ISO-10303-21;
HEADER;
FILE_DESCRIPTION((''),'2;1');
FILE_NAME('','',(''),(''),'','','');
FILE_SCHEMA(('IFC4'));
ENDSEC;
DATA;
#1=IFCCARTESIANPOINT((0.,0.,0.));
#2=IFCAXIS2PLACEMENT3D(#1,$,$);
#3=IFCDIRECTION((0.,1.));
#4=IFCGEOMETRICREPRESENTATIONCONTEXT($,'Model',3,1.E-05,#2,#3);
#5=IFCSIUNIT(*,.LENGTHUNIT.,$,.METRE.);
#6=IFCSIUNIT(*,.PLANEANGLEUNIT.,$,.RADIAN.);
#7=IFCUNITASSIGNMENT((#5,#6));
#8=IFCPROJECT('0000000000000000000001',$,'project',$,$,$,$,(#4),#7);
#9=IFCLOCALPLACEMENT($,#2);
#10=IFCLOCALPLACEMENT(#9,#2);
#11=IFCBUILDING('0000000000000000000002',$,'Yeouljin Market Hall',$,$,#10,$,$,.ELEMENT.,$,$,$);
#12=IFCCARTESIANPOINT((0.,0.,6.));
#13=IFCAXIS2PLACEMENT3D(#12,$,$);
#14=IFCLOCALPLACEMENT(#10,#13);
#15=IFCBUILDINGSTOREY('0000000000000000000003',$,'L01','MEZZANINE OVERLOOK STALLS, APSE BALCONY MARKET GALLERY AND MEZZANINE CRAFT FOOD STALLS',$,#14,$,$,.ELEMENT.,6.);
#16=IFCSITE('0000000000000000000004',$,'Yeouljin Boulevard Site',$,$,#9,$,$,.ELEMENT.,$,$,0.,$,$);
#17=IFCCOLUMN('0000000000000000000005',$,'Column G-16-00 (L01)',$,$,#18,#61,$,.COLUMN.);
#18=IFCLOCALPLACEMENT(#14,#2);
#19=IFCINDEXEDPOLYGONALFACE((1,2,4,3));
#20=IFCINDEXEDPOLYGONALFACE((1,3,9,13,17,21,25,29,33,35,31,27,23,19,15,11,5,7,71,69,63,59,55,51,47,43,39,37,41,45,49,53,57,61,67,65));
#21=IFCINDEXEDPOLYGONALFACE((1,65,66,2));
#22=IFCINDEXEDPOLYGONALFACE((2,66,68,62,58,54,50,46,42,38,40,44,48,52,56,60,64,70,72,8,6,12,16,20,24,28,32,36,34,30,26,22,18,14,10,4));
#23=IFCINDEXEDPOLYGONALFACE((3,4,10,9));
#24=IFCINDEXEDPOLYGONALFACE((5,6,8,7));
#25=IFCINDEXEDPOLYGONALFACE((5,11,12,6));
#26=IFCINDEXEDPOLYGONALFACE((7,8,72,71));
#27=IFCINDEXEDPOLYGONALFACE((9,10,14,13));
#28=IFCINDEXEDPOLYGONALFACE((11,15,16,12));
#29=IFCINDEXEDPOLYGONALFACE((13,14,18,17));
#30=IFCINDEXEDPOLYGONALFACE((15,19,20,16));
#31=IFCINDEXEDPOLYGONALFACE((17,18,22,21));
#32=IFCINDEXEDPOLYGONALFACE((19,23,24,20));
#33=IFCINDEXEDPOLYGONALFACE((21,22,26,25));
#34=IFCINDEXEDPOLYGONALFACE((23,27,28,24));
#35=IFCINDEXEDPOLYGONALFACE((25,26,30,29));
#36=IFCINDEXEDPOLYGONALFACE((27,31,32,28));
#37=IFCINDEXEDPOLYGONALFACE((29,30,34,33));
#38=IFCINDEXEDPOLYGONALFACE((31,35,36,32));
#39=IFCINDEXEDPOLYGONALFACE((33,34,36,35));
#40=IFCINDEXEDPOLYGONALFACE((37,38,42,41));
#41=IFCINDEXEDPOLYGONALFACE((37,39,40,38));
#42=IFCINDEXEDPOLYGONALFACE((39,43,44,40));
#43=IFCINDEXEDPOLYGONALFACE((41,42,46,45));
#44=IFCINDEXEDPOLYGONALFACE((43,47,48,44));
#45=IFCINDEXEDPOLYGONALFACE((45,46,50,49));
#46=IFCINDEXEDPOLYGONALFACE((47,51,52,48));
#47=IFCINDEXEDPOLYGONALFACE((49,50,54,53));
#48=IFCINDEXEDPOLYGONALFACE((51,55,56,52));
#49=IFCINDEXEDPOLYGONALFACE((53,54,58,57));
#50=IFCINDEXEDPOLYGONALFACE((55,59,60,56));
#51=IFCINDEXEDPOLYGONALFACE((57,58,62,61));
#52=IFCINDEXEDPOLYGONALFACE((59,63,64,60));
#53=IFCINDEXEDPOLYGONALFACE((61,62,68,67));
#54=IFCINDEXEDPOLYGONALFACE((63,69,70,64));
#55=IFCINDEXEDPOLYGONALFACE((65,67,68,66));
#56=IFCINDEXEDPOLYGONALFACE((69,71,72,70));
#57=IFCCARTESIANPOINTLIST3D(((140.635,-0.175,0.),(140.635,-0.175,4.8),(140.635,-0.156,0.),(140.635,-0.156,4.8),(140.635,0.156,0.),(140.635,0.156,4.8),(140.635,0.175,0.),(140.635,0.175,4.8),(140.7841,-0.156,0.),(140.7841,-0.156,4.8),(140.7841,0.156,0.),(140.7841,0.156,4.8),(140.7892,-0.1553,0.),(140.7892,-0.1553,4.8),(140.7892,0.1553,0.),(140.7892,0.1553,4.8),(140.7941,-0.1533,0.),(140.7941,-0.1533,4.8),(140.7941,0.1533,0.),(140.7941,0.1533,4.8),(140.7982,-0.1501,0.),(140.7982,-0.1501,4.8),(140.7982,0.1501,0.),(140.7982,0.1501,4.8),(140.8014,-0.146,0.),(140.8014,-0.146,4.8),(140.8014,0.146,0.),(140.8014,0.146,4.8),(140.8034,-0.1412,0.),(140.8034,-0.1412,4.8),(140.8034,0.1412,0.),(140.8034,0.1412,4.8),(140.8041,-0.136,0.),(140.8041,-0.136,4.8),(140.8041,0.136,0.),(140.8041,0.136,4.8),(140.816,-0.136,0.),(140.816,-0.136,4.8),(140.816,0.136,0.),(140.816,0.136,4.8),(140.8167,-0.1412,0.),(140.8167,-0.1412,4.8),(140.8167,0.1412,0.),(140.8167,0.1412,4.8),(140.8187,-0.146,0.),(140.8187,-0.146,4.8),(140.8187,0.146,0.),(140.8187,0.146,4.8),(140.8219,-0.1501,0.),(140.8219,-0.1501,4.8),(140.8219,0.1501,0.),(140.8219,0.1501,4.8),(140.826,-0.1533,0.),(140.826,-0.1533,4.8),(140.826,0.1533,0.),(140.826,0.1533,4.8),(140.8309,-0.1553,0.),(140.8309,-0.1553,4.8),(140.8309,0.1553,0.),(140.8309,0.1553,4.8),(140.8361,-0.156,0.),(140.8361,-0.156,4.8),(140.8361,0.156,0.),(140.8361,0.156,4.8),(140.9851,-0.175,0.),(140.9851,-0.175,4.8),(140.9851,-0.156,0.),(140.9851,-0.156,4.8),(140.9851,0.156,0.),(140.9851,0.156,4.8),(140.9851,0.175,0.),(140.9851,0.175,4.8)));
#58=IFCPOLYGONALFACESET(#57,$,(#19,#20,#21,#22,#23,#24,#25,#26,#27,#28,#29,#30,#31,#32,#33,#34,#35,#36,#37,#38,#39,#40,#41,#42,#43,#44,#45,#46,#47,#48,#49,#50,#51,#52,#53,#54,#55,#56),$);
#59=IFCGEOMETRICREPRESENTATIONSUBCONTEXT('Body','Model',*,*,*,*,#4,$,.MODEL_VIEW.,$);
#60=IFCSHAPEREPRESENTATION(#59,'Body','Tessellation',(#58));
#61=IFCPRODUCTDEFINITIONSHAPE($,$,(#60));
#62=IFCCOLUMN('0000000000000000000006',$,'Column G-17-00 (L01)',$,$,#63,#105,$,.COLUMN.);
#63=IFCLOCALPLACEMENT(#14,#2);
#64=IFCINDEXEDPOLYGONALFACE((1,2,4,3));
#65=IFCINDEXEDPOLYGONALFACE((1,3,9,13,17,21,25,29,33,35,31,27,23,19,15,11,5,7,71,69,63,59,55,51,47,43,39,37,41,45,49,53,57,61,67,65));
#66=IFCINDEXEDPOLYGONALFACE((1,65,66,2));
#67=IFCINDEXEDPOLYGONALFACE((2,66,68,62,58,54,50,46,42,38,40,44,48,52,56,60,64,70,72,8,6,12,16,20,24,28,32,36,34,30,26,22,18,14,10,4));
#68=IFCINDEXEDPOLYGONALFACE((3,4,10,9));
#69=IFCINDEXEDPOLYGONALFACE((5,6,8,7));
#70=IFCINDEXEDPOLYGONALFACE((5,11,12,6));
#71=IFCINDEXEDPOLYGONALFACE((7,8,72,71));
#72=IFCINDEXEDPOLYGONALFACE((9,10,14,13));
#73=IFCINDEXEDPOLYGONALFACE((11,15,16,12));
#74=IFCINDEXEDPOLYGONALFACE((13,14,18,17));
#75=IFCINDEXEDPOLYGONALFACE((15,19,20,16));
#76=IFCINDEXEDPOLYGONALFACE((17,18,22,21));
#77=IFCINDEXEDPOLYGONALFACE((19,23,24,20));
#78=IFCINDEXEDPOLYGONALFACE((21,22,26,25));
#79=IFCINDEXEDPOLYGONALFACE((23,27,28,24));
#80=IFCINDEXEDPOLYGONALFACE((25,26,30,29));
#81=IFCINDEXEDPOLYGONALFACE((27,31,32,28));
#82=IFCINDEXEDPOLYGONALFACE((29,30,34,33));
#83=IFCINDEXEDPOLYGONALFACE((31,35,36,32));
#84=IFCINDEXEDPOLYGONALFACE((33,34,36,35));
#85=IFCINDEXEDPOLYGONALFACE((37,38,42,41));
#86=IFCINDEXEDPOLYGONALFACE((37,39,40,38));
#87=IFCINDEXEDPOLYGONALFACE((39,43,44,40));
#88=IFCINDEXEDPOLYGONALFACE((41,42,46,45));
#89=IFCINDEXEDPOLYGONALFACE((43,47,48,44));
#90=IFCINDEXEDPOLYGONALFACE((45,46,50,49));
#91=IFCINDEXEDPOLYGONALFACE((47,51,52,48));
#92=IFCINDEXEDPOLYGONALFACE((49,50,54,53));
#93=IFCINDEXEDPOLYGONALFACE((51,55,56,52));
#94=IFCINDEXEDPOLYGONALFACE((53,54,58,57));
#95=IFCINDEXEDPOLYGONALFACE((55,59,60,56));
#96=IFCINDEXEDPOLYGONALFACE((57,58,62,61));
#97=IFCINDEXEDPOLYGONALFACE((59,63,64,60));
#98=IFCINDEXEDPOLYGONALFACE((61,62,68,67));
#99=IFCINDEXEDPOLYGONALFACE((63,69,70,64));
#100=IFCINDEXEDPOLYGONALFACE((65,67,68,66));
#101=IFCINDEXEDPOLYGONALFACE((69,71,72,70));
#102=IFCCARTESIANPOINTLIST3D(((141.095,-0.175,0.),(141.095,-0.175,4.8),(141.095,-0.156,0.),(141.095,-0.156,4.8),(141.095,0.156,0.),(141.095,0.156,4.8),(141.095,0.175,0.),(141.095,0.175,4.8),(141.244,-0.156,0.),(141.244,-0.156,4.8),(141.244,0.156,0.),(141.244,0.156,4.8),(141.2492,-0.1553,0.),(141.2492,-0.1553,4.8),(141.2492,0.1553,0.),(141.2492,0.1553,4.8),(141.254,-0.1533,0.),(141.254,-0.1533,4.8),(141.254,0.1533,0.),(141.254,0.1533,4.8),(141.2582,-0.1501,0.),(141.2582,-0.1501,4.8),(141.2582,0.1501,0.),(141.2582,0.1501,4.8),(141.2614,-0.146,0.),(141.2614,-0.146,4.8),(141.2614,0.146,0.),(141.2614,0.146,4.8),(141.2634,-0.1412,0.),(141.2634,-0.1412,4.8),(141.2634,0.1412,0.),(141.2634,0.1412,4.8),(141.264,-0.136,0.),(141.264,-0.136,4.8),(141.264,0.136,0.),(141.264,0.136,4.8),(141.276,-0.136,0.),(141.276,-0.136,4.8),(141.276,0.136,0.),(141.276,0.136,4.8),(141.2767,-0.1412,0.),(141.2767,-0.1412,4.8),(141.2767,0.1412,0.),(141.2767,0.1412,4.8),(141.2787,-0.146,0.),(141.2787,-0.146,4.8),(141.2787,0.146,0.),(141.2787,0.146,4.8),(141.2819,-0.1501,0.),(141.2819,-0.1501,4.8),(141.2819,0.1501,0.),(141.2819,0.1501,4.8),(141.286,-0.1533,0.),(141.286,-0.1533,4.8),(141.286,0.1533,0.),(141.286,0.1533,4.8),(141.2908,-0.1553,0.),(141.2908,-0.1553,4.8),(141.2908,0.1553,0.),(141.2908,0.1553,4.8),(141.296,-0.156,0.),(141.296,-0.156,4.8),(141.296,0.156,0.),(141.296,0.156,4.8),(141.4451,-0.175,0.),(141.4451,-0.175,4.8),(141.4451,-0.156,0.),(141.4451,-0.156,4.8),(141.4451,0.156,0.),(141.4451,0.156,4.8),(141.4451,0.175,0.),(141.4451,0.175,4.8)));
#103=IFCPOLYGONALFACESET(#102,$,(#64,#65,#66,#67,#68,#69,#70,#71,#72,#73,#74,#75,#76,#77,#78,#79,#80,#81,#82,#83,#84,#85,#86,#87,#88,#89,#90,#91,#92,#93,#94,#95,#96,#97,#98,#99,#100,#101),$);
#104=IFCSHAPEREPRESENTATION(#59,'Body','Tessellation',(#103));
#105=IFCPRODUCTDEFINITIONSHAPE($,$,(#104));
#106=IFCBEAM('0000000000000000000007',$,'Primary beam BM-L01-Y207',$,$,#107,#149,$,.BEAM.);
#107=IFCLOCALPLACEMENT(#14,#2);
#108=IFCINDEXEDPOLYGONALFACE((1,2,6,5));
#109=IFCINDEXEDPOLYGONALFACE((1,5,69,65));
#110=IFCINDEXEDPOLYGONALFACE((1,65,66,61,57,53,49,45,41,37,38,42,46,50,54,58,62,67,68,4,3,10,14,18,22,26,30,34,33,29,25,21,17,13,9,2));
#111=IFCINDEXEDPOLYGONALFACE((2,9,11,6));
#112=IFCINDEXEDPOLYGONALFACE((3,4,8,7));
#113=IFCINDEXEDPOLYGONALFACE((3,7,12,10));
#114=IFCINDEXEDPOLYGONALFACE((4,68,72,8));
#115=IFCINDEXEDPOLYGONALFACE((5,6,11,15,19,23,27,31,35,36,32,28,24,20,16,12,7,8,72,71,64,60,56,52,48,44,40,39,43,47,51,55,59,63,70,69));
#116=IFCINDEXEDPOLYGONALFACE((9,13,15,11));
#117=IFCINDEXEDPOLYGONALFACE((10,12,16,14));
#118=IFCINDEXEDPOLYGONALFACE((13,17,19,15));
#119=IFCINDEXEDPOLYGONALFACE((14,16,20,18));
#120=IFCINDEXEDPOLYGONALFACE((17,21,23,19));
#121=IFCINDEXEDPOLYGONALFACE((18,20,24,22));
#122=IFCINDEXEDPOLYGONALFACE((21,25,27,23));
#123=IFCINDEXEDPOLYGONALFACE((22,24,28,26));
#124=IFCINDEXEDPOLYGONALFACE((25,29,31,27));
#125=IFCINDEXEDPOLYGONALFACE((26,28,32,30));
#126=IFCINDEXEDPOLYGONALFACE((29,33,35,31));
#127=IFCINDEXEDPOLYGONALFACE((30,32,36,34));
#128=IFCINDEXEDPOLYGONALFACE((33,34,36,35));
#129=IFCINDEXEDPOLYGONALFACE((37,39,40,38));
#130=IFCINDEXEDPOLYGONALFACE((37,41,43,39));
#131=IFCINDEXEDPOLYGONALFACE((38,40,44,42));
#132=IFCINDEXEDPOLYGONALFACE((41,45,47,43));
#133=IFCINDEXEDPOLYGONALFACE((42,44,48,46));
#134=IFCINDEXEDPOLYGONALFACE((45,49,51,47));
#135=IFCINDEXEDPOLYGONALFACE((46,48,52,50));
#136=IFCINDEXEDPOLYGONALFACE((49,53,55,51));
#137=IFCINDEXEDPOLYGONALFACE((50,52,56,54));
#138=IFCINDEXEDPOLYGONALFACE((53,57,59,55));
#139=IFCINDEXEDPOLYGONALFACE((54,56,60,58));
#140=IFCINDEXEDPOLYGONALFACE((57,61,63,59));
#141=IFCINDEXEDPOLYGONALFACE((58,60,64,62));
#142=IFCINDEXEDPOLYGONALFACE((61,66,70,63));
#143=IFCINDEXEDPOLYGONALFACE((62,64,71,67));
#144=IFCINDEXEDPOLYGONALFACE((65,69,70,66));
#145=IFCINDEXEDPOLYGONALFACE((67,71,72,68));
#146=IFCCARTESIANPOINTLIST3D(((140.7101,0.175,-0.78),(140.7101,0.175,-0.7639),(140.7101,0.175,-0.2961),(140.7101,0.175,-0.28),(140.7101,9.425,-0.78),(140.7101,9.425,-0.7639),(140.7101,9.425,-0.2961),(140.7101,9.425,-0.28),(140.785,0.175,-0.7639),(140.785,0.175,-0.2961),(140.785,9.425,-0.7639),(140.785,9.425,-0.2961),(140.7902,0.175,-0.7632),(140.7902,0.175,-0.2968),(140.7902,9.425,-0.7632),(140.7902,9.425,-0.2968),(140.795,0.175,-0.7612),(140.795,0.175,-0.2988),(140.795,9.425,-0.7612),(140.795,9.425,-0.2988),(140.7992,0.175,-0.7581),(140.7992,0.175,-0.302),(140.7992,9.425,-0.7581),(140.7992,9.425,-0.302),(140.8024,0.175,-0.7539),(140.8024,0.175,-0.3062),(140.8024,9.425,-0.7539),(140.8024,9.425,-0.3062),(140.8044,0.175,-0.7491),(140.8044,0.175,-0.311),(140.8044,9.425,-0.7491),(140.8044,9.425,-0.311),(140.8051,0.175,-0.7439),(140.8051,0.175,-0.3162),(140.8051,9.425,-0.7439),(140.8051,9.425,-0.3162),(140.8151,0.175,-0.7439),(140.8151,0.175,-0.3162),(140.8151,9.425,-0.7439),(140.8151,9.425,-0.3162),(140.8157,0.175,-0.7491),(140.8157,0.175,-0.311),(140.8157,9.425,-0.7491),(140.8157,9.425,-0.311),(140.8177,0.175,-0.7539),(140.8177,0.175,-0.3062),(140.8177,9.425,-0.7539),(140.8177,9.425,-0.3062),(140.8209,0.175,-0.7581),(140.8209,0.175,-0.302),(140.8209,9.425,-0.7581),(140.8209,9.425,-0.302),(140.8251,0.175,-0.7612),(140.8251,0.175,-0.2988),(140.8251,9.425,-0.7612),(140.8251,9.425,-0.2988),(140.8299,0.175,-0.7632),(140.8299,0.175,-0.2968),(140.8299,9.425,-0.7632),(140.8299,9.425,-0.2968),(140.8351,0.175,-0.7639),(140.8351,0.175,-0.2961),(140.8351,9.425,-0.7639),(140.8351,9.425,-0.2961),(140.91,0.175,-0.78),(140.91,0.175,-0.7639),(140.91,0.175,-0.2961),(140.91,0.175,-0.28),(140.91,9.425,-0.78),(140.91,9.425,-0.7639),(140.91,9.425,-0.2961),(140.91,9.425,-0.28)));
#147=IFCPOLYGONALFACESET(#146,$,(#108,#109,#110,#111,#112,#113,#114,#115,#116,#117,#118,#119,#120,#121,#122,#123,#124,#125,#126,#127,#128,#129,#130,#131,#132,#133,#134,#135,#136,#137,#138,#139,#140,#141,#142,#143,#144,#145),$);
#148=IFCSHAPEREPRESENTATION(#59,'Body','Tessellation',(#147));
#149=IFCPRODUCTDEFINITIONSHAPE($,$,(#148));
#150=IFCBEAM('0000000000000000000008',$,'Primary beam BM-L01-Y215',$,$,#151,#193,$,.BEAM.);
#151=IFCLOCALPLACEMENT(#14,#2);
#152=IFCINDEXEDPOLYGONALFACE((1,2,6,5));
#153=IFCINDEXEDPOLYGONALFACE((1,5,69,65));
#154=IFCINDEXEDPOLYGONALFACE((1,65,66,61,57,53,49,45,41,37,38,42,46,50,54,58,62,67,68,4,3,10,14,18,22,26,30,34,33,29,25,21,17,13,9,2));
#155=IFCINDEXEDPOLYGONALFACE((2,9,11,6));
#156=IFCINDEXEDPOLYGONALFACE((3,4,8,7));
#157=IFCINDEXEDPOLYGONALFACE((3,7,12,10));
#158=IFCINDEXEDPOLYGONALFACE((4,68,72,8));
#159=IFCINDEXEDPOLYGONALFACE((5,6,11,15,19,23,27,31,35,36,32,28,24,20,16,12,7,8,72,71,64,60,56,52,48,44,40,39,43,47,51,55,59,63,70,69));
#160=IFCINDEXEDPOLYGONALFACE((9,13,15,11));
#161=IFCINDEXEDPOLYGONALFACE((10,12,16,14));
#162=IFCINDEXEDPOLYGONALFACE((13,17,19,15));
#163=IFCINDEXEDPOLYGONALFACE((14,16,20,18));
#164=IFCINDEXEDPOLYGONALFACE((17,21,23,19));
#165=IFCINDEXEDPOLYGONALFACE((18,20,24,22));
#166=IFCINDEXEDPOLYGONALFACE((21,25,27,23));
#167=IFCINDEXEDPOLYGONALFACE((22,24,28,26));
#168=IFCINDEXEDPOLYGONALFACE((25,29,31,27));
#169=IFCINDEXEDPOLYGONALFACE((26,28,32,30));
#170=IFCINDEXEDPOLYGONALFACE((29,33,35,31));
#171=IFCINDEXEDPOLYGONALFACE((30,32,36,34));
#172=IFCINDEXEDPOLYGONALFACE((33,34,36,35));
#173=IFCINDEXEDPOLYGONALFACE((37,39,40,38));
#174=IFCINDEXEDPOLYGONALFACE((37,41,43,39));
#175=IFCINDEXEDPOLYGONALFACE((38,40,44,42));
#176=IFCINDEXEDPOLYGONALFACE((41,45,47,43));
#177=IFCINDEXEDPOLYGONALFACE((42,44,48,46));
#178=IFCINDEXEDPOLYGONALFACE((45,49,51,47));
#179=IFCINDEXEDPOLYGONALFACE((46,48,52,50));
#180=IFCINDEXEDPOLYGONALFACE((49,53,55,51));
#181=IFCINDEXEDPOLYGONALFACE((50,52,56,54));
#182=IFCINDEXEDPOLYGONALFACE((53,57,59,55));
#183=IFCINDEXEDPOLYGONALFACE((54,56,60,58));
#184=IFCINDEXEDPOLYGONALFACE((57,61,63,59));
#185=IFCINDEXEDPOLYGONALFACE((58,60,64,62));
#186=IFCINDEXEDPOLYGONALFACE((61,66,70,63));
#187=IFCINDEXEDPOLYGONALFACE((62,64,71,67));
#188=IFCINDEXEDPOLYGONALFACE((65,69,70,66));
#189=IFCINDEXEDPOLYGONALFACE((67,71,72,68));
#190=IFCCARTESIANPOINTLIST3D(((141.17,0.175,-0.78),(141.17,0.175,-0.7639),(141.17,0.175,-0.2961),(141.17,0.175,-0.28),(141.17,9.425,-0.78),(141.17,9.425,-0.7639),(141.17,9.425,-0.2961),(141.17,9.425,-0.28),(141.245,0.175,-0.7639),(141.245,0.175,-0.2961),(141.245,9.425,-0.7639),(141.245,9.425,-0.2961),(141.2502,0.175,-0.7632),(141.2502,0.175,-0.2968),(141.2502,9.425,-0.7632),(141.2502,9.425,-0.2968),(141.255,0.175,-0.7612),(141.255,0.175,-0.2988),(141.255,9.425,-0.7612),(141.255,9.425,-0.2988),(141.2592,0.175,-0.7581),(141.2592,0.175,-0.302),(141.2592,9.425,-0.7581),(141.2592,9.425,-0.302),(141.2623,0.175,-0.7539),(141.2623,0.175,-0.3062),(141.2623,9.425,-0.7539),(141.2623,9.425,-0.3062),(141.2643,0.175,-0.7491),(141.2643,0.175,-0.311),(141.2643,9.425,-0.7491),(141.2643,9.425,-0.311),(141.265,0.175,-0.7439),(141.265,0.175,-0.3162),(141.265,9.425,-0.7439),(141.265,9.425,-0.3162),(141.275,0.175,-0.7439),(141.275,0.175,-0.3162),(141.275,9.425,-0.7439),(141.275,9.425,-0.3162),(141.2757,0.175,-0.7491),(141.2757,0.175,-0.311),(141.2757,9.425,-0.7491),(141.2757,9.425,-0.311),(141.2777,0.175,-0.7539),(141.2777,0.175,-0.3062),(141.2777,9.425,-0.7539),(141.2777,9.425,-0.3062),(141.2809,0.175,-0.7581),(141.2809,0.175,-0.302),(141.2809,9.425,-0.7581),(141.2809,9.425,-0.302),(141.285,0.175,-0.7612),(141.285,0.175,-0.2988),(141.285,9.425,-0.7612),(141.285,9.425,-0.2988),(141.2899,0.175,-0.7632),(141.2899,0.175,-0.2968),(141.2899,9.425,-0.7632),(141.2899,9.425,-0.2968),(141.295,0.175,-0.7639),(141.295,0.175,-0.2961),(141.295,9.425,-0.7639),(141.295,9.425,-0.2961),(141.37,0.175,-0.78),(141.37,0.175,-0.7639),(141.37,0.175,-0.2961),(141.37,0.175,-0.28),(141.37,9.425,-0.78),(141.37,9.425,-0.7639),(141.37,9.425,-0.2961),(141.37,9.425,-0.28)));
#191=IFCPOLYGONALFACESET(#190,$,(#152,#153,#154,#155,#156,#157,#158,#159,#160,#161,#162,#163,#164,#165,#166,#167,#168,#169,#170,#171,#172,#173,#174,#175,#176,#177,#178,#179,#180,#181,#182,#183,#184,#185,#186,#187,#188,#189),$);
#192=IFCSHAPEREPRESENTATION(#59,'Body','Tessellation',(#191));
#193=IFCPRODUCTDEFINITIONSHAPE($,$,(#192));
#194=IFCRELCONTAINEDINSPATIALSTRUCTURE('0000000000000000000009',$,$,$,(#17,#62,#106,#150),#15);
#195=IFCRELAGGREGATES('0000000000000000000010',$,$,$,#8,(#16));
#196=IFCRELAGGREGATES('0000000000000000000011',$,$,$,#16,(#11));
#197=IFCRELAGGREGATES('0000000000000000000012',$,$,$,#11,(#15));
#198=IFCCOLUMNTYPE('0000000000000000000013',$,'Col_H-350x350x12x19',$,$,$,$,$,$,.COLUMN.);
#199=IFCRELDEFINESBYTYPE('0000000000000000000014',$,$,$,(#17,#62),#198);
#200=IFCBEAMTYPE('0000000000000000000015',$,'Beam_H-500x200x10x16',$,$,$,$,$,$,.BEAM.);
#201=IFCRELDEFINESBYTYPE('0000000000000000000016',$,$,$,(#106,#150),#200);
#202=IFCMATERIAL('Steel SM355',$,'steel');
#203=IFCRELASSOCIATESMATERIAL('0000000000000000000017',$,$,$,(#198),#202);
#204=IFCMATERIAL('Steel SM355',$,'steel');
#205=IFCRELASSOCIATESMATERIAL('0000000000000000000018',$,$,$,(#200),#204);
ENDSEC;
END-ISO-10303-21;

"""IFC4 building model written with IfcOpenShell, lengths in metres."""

from ifc_helpers import new_model, si_unit, direction, frame, origin, origin_2d, place, context, subcontext, project, spatial, i_section, extrude, material, material_profile, profile_set, type_object, element, save


model = new_model("IFC4")

# Units and contexts
model_context = context("Model", 3, precision=1e-05, world=origin(), true_north=direction((0.0, 1.0)))
body_context = subcontext(model_context, "Body", "Model", "MODEL_VIEW")
ifc_project = project(units=[si_unit("LENGTHUNIT", "METRE"), si_unit("PLANEANGLEUNIT", "RADIAN")], contexts=[model_context])

# Site, building, storey
site_placement = place(None, origin())
site = spatial("IfcSite", under=ifc_project, at=site_placement, Name="Yeouljin Boulevard Site", CompositionType="ELEMENT", RefElevation=0.0)
building_placement = place(site_placement, origin())
building = spatial("IfcBuilding", under=site, at=building_placement, Name="Yeouljin Market Hall", CompositionType="ELEMENT")
storey_placement = place(building_placement, frame((0.0, 0.0, 6.0)))
storey = spatial("IfcBuildingStorey", under=building, at=storey_placement, Name="L01", Description="MEZZANINE OVERLOOK STALLS, APSE BALCONY MARKET GALLERY AND MEZZANINE CRAFT FOOD STALLS", CompositionType="ELEMENT", Elevation=6.0)

# Columns
ifc_material_1 = material(Name="Steel SM355", Category="steel")
ifc_material_profile_1 = material_profile(ifc_material_1, i_section(OverallWidth=0.3501, OverallDepth=0.3501, WebThickness=0.012, FlangeThickness=0.019, FilletRadius=0.02, at=origin_2d()), Name="H-350x350x12x19")
ifc_profile_set_1 = profile_set([ifc_material_profile_1], Name="Steel SM355")
column_type = type_object("IfcColumnType", Name="Col_H-350x350x12x19", PredefinedType="COLUMN", material=ifc_profile_set_1)
for number, where, z_axis, x_axis, name in (
    (1, (140.8101, 0.0, 0.0), (0.0, 0.0, 1.0), (1.0, 0.0, 0.0), "Column G-16-00 (L01)"),
    (2, (141.27, 0.0, 0.0), (0.0, 0.0, 1.0), (1.0, 0.0, 0.0), "Column G-17-00 (L01)"),
):
    element("IfcColumn", number, at=place(storey_placement, frame(where, z_axis=z_axis, x_axis=x_axis)), inside=storey, type_object=column_type, Name=name, PredefinedType="COLUMN", context=body_context, shape_type="SweptSolid", body=[
        extrude(i_section(OverallWidth=0.3501, OverallDepth=0.3501, WebThickness=0.012, FlangeThickness=0.019, FilletRadius=0.02, at=origin_2d()), origin(), (0.0, 0.0, 1.0), 4.8),
    ])

# Beams
ifc_material_2 = material(Name="Steel SM355", Category="steel")
ifc_material_profile_2 = material_profile(ifc_material_2, i_section(OverallWidth=0.2, OverallDepth=0.5, WebThickness=0.01, FlangeThickness=0.0161, FilletRadius=0.02, at=origin_2d()), Name="H-500x200x10x16")
ifc_profile_set_2 = profile_set([ifc_material_profile_2], Name="Steel SM355")
beam_type_1 = type_object("IfcBeamType", Name="Beam_H-500x200x10x16", PredefinedType="BEAM", material=ifc_profile_set_2)
for number, where, z_axis, x_axis, name in (
    (3, (140.8101, 0.175, -0.53), (0.0, 1.0, 0.0), (-1.0, 0.0, 0.0), "Primary beam BM-L01-Y207"),
    (4, (141.27, 0.175, -0.53), (0.0, 1.0, 0.0), (-1.0, 0.0, 0.0), "Primary beam BM-L01-Y215"),
):
    element("IfcBeam", number, at=place(storey_placement, frame(where, z_axis=z_axis, x_axis=x_axis)), inside=storey, type_object=beam_type_1, Name=name, PredefinedType="BEAM", context=body_context, shape_type="SweptSolid", body=[
        extrude(i_section(OverallWidth=0.2, OverallDepth=0.5, WebThickness=0.01, FlangeThickness=0.0161, FilletRadius=0.02, at=origin_2d()), origin(), (0.0, 0.0, 1.0), 9.25),
    ])

save(model, "model.ifc")
